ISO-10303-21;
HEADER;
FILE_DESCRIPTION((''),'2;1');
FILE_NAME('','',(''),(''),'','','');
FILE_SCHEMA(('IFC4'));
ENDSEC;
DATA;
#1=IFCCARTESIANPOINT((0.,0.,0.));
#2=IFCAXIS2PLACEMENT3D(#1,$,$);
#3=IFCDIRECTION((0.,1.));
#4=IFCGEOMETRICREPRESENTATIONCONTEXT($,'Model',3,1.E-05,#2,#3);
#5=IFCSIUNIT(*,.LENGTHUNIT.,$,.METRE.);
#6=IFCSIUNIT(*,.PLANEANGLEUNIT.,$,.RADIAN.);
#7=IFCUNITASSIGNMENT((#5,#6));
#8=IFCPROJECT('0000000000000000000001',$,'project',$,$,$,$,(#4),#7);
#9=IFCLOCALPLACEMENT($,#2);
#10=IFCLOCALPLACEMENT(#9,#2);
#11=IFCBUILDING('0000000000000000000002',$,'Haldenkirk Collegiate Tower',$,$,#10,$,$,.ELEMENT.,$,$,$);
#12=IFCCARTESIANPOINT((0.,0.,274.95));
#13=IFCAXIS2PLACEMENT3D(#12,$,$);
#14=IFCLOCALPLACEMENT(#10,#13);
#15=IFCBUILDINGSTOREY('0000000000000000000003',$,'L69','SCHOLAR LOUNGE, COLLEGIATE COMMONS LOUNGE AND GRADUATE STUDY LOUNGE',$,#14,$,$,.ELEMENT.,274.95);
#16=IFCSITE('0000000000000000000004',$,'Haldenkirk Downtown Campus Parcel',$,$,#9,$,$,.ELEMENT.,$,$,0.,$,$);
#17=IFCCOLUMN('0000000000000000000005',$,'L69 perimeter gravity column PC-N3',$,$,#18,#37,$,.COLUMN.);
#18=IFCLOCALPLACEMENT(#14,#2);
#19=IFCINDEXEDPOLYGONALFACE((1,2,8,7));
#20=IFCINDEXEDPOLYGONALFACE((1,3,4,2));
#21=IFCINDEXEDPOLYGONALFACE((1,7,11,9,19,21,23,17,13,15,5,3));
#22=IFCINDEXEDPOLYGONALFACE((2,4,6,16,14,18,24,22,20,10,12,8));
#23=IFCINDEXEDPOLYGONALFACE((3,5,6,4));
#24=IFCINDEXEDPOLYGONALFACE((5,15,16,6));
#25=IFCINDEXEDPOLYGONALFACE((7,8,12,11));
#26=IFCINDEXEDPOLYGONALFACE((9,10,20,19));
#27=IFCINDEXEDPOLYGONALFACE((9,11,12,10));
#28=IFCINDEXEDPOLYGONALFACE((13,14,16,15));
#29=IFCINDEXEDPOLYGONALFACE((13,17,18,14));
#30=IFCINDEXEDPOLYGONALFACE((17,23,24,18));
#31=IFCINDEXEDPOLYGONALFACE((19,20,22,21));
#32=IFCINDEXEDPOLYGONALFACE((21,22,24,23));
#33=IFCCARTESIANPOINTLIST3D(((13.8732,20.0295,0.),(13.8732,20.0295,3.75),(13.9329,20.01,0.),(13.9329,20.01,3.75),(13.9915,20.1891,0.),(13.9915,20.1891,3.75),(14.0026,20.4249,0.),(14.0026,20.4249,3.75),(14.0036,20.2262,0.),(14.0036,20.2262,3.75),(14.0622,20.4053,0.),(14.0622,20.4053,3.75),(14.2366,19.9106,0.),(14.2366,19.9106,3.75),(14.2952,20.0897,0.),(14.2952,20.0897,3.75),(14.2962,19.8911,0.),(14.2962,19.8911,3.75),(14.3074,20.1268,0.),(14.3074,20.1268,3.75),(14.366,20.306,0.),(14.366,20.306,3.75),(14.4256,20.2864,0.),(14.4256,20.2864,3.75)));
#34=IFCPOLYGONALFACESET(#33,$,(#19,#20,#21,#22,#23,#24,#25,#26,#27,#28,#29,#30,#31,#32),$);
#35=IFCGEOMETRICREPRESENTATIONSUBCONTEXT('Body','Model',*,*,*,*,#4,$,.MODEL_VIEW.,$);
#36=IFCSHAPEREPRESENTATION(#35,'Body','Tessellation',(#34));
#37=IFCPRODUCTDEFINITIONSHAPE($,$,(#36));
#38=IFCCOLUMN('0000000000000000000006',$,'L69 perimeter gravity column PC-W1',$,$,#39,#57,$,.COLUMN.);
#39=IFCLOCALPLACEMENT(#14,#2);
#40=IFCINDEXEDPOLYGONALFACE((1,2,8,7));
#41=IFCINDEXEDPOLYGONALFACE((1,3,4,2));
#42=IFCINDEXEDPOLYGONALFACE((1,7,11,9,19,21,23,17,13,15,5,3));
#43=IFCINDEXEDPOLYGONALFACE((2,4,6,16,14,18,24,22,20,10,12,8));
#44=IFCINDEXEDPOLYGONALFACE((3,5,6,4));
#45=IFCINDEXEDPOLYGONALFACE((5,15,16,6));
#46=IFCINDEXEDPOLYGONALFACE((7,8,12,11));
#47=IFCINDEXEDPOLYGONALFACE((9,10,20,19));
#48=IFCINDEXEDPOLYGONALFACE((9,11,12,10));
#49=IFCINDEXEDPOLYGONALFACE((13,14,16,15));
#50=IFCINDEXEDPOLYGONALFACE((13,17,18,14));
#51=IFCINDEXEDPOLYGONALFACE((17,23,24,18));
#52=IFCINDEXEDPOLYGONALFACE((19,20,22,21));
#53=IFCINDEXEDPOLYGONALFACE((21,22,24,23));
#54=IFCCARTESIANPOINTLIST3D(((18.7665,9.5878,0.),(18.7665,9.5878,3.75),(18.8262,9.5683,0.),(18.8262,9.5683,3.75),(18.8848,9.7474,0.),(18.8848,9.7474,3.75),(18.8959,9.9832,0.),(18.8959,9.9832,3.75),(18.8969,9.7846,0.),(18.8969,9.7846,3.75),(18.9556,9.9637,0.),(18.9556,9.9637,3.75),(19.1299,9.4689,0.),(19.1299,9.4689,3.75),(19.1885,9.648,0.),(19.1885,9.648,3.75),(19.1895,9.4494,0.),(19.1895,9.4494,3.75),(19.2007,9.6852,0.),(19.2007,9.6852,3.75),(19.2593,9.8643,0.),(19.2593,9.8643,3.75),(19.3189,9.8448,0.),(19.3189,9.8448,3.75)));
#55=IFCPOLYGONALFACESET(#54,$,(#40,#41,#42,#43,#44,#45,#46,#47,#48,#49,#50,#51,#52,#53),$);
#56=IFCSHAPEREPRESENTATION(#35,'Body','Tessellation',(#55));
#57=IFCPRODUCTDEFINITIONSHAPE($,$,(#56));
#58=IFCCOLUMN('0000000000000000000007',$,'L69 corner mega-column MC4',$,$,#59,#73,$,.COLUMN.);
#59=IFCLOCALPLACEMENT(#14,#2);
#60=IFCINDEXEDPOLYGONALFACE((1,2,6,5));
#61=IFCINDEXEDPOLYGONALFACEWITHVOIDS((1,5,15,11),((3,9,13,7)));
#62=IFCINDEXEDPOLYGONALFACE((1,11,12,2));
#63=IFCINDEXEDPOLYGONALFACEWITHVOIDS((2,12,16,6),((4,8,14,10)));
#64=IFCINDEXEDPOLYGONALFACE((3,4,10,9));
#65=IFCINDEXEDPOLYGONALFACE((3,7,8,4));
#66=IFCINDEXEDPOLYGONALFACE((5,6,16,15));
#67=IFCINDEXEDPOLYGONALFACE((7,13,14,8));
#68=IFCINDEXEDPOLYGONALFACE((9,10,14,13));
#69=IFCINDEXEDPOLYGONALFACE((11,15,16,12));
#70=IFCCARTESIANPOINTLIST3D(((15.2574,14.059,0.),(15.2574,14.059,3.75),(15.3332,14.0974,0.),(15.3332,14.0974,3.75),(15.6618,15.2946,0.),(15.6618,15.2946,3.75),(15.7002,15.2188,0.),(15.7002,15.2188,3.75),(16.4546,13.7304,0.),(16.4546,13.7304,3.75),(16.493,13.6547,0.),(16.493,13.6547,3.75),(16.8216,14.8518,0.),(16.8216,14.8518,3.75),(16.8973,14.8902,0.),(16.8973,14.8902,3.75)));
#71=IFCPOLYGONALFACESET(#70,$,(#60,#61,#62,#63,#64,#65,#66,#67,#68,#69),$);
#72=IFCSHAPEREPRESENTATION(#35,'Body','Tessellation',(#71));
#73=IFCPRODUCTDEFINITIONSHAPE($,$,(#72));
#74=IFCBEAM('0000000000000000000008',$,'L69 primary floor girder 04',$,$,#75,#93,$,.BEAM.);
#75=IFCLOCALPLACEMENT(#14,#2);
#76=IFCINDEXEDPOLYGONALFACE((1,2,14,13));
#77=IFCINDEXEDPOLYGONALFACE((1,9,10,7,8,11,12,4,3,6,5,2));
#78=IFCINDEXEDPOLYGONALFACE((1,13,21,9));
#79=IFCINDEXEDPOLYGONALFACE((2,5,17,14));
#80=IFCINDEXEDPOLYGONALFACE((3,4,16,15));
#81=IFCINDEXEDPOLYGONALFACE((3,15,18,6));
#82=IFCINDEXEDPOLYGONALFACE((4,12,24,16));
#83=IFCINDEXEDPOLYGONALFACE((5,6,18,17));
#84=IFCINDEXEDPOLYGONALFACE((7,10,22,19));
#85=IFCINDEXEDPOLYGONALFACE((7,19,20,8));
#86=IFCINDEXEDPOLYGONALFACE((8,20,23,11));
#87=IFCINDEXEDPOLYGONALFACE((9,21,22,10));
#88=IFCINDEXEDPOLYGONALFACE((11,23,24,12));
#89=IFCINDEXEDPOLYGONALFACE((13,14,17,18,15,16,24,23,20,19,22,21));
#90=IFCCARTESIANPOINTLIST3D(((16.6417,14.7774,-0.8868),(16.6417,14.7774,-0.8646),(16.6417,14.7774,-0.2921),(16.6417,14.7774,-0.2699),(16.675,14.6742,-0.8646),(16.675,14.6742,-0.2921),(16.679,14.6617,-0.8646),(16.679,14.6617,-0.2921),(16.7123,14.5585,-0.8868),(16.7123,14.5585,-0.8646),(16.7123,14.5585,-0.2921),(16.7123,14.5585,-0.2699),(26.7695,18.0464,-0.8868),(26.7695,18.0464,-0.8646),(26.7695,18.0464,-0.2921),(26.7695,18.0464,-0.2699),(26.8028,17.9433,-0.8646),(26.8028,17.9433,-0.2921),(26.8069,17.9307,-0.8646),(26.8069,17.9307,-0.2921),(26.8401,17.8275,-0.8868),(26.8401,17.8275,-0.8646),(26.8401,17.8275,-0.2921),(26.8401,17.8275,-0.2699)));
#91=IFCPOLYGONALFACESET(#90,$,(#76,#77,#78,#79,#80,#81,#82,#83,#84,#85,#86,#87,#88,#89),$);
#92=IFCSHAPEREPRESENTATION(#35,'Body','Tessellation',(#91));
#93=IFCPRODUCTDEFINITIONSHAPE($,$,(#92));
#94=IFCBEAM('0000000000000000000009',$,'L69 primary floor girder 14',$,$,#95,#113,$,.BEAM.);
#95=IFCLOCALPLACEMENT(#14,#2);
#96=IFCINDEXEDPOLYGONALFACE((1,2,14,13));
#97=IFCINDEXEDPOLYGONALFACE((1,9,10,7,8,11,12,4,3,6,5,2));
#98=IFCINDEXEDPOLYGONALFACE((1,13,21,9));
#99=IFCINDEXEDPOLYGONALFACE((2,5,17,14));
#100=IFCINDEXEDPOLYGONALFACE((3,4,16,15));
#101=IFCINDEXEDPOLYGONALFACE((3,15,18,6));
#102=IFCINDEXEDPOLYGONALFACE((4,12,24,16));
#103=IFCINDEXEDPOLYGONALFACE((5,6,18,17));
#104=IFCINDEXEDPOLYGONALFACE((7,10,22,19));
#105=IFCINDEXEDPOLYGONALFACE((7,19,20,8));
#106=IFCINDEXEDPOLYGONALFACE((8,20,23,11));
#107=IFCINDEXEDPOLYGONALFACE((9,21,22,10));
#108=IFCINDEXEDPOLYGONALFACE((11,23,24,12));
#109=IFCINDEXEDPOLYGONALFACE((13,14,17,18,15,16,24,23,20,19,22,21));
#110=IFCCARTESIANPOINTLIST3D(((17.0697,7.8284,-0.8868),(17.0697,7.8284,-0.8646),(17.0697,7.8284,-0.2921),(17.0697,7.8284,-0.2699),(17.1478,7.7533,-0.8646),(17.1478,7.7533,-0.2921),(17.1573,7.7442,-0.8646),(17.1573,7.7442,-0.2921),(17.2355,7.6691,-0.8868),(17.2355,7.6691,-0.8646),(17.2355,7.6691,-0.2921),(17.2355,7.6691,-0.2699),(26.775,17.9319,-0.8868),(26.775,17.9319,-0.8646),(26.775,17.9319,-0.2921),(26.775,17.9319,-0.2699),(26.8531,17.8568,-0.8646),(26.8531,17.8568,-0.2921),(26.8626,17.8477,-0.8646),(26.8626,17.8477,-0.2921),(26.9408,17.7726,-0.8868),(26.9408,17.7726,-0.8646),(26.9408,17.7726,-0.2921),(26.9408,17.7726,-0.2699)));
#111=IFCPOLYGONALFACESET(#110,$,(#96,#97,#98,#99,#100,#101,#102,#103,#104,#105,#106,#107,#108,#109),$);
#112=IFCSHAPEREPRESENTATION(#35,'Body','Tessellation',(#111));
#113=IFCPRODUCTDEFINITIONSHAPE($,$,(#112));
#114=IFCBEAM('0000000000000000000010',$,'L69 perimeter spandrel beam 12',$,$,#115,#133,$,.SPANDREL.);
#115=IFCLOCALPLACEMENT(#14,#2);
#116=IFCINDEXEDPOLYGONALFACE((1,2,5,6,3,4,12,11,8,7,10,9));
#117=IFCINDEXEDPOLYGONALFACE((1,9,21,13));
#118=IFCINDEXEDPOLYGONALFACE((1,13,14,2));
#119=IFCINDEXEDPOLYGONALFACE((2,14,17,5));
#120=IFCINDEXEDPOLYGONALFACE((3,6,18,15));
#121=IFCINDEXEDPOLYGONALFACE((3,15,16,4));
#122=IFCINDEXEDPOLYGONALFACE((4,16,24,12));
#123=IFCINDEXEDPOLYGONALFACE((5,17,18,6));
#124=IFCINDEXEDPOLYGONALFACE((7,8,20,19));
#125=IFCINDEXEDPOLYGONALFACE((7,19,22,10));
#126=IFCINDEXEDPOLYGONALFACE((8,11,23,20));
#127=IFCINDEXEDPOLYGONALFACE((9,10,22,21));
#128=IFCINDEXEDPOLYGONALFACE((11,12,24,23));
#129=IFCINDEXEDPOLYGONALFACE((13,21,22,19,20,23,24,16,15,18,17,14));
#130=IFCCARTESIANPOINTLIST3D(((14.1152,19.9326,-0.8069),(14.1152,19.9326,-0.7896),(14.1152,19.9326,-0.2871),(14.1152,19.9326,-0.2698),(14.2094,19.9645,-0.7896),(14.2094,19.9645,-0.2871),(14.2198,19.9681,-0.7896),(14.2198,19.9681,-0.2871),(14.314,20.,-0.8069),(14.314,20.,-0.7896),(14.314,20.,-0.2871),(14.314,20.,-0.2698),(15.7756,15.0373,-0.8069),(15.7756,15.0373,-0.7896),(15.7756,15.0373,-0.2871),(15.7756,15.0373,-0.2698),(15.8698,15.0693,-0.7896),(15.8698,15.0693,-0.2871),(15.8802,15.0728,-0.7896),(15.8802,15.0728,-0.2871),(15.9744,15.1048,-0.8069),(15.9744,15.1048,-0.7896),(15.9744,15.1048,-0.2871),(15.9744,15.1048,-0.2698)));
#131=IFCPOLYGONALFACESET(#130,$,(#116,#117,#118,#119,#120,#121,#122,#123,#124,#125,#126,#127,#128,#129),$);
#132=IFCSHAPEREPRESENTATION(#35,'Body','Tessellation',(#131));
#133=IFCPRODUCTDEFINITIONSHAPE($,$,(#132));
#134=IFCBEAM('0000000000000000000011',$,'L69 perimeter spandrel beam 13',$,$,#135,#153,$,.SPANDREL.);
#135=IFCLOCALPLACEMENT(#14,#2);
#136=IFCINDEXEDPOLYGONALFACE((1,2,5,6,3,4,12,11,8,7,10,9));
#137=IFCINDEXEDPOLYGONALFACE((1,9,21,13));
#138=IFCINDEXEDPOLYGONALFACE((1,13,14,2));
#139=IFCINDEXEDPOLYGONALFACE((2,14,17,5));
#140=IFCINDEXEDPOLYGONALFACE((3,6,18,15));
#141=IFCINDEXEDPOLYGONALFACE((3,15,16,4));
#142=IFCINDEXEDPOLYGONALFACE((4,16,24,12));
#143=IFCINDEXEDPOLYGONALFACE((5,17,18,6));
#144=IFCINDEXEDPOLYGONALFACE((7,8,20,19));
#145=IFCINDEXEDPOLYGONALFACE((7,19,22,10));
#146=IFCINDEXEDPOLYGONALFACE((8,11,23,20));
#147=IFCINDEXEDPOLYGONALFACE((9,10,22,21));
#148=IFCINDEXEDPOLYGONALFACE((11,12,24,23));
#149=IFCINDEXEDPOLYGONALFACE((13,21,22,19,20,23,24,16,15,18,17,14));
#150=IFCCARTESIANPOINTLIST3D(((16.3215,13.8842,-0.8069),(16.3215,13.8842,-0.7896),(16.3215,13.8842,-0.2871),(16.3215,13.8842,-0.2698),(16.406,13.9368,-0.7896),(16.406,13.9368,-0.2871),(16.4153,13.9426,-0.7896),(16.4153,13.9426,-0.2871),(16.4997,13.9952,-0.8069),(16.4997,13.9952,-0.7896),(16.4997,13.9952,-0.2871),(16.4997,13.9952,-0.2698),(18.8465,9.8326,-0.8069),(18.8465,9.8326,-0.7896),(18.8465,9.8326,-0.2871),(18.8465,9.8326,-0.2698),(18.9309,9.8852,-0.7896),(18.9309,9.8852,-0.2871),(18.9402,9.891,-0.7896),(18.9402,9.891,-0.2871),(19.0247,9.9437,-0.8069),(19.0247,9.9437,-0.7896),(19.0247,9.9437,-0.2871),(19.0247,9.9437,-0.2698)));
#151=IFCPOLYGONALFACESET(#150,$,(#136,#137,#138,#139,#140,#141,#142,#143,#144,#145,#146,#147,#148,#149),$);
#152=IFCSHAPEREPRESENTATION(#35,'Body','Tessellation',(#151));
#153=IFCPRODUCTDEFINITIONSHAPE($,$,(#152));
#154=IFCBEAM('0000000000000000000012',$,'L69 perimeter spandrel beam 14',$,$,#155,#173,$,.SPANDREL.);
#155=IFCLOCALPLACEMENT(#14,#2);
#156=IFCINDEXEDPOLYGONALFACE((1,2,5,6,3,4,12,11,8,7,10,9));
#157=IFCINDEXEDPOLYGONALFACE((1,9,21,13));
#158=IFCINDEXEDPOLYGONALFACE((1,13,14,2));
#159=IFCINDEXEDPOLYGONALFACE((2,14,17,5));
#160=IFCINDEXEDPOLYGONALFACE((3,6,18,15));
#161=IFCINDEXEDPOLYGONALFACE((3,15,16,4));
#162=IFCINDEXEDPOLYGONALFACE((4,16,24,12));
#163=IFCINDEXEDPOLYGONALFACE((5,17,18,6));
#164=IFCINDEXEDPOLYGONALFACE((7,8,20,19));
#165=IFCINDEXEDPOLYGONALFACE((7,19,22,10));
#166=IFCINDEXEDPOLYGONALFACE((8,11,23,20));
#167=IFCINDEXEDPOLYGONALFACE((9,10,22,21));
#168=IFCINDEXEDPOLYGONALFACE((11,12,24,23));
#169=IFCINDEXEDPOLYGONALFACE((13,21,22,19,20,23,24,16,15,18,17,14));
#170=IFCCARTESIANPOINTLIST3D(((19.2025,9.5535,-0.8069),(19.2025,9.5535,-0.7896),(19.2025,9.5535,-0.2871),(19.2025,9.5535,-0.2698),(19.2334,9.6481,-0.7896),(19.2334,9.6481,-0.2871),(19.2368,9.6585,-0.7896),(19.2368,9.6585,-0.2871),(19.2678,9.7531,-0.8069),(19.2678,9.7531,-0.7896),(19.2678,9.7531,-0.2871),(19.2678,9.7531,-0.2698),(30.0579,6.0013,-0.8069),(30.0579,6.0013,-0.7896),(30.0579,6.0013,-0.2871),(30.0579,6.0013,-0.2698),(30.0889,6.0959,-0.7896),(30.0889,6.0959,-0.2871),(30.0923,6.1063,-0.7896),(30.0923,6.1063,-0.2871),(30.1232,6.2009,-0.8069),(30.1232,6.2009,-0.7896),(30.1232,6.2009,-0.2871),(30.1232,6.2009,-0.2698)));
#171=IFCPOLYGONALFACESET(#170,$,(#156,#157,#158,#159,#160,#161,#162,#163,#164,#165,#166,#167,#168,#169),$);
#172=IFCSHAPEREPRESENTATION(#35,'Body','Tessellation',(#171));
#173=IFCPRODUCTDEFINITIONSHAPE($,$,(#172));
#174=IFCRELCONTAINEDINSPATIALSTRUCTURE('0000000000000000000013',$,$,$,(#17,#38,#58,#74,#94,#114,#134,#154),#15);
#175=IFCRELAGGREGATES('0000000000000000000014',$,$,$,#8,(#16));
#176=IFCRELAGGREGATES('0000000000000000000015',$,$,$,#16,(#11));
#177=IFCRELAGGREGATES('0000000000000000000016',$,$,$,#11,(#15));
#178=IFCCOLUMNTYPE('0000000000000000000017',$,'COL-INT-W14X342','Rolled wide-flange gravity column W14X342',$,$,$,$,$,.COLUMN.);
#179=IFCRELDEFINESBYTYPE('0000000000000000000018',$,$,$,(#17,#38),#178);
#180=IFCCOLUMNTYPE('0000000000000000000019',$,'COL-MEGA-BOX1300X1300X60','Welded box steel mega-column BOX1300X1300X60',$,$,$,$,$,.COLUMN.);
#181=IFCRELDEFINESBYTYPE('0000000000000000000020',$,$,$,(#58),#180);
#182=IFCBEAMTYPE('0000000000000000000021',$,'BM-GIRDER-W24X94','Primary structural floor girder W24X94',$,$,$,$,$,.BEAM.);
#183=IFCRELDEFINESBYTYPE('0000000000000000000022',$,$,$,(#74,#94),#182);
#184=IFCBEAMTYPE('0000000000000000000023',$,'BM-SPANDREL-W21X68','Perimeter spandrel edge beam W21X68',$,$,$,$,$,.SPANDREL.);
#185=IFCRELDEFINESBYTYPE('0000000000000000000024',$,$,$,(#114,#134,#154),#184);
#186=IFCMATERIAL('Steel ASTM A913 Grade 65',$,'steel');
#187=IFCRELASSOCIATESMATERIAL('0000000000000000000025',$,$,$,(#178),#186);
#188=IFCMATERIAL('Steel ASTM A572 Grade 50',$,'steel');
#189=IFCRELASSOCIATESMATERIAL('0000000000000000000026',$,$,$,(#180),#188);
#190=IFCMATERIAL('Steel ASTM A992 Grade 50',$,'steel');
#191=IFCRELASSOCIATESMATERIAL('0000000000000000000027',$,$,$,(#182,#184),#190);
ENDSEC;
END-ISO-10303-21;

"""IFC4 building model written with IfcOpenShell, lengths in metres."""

from ifc_helpers import new_model, si_unit, direction, frame, origin, origin_2d, place, context, subcontext, project, spatial, hollow_rectangle, i_section, extrude, material, material_profile, profile_set, type_object, element, save


model = new_model("IFC4")

# Units and contexts
model_context = context("Model", 3, precision=1e-05, world=origin(), true_north=direction((0.0, 1.0)))
body_context = subcontext(model_context, "Body", "Model", "MODEL_VIEW")
ifc_project = project(units=[si_unit("LENGTHUNIT", "METRE"), si_unit("PLANEANGLEUNIT", "RADIAN")], contexts=[model_context])

# Site, building, storey
site_placement = place(None, origin())
site = spatial("IfcSite", under=ifc_project, at=site_placement, Name="Haldenkirk Downtown Campus Parcel", CompositionType="ELEMENT", RefElevation=0.0)
building_placement = place(site_placement, origin())
building = spatial("IfcBuilding", under=site, at=building_placement, Name="Haldenkirk Collegiate Tower", CompositionType="ELEMENT")
storey_placement = place(building_placement, frame((0.0, 0.0, 274.95)))
storey = spatial("IfcBuildingStorey", under=building, at=storey_placement, Name="L69", Description="SCHOLAR LOUNGE, COLLEGIATE COMMONS LOUNGE AND GRADUATE STUDY LOUNGE", CompositionType="ELEMENT", Elevation=274.95)

# Columns
ifc_material_1 = material(Name="Steel ASTM A913 Grade 65", Category="steel")
ifc_material_profile_1 = material_profile(ifc_material_1, i_section(OverallWidth=0.416, OverallDepth=0.4451, WebThickness=0.0391, FlangeThickness=0.0627, at=origin_2d()), Name="W14X342")
ifc_profile_set_1 = profile_set([ifc_material_profile_1], Name="Steel ASTM A913 Grade 65")
column_type_1 = type_object("IfcColumnType", Name="COL-INT-W14X342", Description="Rolled wide-flange gravity column W14X342", PredefinedType="COLUMN", material=ifc_profile_set_1)
for number, where, z_axis, x_axis, name in (
    (1, (14.1494, 20.158, 0.0), (0.0, 0.0, 1.0), (0.311008, 0.950407, 0.0), "L69 perimeter gravity column PC-N3"),
    (2, (19.0427, 9.7163, 0.0), (0.0, 0.0, 1.0), (0.311008, 0.950407, 0.0), "L69 perimeter gravity column PC-W1"),
):
    element("IfcColumn", number, at=place(storey_placement, frame(where, z_axis=z_axis, x_axis=x_axis)), inside=storey, type_object=column_type_1, Name=name, PredefinedType="COLUMN", context=body_context, shape_type="SweptSolid", body=[
        extrude(i_section(OverallWidth=0.416, OverallDepth=0.4451, WebThickness=0.0391, FlangeThickness=0.0627, at=origin_2d()), origin(), (0.0, 0.0, 1.0), 3.75),
    ])
ifc_material_2 = material(Name="Steel ASTM A572 Grade 50", Category="steel")
ifc_material_profile_2 = material_profile(ifc_material_2, hollow_rectangle(XDim=1.3, YDim=1.3, WallThickness=0.0601, at=origin_2d()), Name="BOX1300X1300X60")
ifc_profile_set_2 = profile_set([ifc_material_profile_2], Name="Steel ASTM A572 Grade 50")
column_type_2 = type_object("IfcColumnType", Name="COL-MEGA-BOX1300X1300X60", Description="Welded box steel mega-column BOX1300X1300X60", PredefinedType="COLUMN", material=ifc_profile_set_2)
column_placement = place(storey_placement, frame((16.0774, 14.4746, 0.0), z_axis=(0.0, 0.0, 1.0), x_axis=(0.311008, 0.950407, 0.0)))
element("IfcColumn", 3, at=column_placement, inside=storey, type_object=column_type_2, Name="L69 corner mega-column MC4", PredefinedType="COLUMN", context=body_context, shape_type="SweptSolid", body=[
    extrude(hollow_rectangle(XDim=1.3, YDim=1.3, WallThickness=0.0601, at=origin_2d()), origin(), (0.0, 0.0, 1.0), 3.75),
])

# Beams
ifc_material_3 = material(Name="Steel ASTM A992 Grade 50", Category="steel")
ifc_material_profile_3 = material_profile(ifc_material_3, i_section(OverallWidth=0.23, OverallDepth=0.6169, WebThickness=0.0132, FlangeThickness=0.0222, at=origin_2d()), Name="W24X94")
ifc_profile_set_3 = profile_set([ifc_material_profile_3], Name="Steel ASTM A992 Grade 50")
beam_type_1 = type_object("IfcBeamType", Name="BM-GIRDER-W24X94", Description="Primary structural floor girder W24X94", PredefinedType="BEAM", material=ifc_profile_set_3)
beam_1_placement = place(storey_placement, frame((16.677, 14.668, -0.5784), z_axis=(0.951655, 0.30717, 0.0), x_axis=(-0.30717, 0.951655, 0.0)))
element("IfcBeam", 4, at=beam_1_placement, inside=storey, type_object=beam_type_1, Name="L69 primary floor girder 04", PredefinedType="BEAM", context=body_context, shape_type="SweptSolid", body=[
    extrude(i_section(OverallWidth=0.23, OverallDepth=0.6169, WebThickness=0.0132, FlangeThickness=0.0222, at=origin_2d()), origin(), (0.0, 0.0, 1.0), 10.6423),
])
beam_2_placement = place(storey_placement, frame((17.1526, 7.7488, -0.5784), z_axis=(0.692753, 0.721175, 0.0), x_axis=(-0.721175, 0.692753, 0.0)))
element("IfcBeam", 5, at=beam_2_placement, inside=storey, type_object=beam_type_1, Name="L69 primary floor girder 14", PredefinedType="BEAM", context=body_context, shape_type="SweptSolid", body=[
    extrude(i_section(OverallWidth=0.23, OverallDepth=0.6169, WebThickness=0.0132, FlangeThickness=0.0222, at=origin_2d()), origin(), (0.0, 0.0, 1.0), 14.0098),
])
ifc_material_profile_4 = material_profile(ifc_material_3, i_section(OverallWidth=0.21, OverallDepth=0.5371, WebThickness=0.011, FlangeThickness=0.0173, at=origin_2d()), Name="W21X68")
ifc_profile_set_4 = profile_set([ifc_material_profile_4], Name="Steel ASTM A992 Grade 50")
beam_type_2 = type_object("IfcBeamType", Name="BM-SPANDREL-W21X68", Description="Perimeter spandrel edge beam W21X68", PredefinedType="SPANDREL", material=ifc_profile_set_4)
beam_3_placement = place(storey_placement, frame((14.2146, 19.9663, -0.5383), z_axis=(0.321211, -0.947008, 0.0), x_axis=(0.947008, 0.321211, 0.0)))
element("IfcBeam", 6, at=beam_3_placement, inside=storey, type_object=beam_type_2, Name="L69 perimeter spandrel beam 12", PredefinedType="SPANDREL", context=body_context, shape_type="SweptSolid", body=[
    extrude(i_section(OverallWidth=0.21, OverallDepth=0.5371, WebThickness=0.011, FlangeThickness=0.0173, at=origin_2d()), origin(), (0.0, 0.0, 1.0), 5.1692),
])
beam_4_placement = place(storey_placement, frame((16.4106, 13.9397, -0.5383), z_axis=(0.5289, -0.848684, 0.0), x_axis=(0.848684, 0.5289, 0.0)))
element("IfcBeam", 7, at=beam_4_placement, inside=storey, type_object=beam_type_2, Name="L69 perimeter spandrel beam 13", PredefinedType="SPANDREL", context=body_context, shape_type="SweptSolid", body=[
    extrude(i_section(OverallWidth=0.21, OverallDepth=0.5371, WebThickness=0.011, FlangeThickness=0.0173, at=origin_2d()), origin(), (0.0, 0.0, 1.0), 4.7739),
])
beam_5_placement = place(storey_placement, frame((19.2351, 9.6533, -0.5383), z_axis=(0.950409, -0.311003, 0.0), x_axis=(0.311003, 0.950409, 0.0)))
element("IfcBeam", 8, at=beam_5_placement, inside=storey, type_object=beam_type_2, Name="L69 perimeter spandrel beam 14", PredefinedType="SPANDREL", context=body_context, shape_type="SweptSolid", body=[
    extrude(i_section(OverallWidth=0.21, OverallDepth=0.5371, WebThickness=0.011, FlangeThickness=0.0173, at=origin_2d()), origin(), (0.0, 0.0, 1.0), 11.4219),
])

save(model, "model.ifc")
